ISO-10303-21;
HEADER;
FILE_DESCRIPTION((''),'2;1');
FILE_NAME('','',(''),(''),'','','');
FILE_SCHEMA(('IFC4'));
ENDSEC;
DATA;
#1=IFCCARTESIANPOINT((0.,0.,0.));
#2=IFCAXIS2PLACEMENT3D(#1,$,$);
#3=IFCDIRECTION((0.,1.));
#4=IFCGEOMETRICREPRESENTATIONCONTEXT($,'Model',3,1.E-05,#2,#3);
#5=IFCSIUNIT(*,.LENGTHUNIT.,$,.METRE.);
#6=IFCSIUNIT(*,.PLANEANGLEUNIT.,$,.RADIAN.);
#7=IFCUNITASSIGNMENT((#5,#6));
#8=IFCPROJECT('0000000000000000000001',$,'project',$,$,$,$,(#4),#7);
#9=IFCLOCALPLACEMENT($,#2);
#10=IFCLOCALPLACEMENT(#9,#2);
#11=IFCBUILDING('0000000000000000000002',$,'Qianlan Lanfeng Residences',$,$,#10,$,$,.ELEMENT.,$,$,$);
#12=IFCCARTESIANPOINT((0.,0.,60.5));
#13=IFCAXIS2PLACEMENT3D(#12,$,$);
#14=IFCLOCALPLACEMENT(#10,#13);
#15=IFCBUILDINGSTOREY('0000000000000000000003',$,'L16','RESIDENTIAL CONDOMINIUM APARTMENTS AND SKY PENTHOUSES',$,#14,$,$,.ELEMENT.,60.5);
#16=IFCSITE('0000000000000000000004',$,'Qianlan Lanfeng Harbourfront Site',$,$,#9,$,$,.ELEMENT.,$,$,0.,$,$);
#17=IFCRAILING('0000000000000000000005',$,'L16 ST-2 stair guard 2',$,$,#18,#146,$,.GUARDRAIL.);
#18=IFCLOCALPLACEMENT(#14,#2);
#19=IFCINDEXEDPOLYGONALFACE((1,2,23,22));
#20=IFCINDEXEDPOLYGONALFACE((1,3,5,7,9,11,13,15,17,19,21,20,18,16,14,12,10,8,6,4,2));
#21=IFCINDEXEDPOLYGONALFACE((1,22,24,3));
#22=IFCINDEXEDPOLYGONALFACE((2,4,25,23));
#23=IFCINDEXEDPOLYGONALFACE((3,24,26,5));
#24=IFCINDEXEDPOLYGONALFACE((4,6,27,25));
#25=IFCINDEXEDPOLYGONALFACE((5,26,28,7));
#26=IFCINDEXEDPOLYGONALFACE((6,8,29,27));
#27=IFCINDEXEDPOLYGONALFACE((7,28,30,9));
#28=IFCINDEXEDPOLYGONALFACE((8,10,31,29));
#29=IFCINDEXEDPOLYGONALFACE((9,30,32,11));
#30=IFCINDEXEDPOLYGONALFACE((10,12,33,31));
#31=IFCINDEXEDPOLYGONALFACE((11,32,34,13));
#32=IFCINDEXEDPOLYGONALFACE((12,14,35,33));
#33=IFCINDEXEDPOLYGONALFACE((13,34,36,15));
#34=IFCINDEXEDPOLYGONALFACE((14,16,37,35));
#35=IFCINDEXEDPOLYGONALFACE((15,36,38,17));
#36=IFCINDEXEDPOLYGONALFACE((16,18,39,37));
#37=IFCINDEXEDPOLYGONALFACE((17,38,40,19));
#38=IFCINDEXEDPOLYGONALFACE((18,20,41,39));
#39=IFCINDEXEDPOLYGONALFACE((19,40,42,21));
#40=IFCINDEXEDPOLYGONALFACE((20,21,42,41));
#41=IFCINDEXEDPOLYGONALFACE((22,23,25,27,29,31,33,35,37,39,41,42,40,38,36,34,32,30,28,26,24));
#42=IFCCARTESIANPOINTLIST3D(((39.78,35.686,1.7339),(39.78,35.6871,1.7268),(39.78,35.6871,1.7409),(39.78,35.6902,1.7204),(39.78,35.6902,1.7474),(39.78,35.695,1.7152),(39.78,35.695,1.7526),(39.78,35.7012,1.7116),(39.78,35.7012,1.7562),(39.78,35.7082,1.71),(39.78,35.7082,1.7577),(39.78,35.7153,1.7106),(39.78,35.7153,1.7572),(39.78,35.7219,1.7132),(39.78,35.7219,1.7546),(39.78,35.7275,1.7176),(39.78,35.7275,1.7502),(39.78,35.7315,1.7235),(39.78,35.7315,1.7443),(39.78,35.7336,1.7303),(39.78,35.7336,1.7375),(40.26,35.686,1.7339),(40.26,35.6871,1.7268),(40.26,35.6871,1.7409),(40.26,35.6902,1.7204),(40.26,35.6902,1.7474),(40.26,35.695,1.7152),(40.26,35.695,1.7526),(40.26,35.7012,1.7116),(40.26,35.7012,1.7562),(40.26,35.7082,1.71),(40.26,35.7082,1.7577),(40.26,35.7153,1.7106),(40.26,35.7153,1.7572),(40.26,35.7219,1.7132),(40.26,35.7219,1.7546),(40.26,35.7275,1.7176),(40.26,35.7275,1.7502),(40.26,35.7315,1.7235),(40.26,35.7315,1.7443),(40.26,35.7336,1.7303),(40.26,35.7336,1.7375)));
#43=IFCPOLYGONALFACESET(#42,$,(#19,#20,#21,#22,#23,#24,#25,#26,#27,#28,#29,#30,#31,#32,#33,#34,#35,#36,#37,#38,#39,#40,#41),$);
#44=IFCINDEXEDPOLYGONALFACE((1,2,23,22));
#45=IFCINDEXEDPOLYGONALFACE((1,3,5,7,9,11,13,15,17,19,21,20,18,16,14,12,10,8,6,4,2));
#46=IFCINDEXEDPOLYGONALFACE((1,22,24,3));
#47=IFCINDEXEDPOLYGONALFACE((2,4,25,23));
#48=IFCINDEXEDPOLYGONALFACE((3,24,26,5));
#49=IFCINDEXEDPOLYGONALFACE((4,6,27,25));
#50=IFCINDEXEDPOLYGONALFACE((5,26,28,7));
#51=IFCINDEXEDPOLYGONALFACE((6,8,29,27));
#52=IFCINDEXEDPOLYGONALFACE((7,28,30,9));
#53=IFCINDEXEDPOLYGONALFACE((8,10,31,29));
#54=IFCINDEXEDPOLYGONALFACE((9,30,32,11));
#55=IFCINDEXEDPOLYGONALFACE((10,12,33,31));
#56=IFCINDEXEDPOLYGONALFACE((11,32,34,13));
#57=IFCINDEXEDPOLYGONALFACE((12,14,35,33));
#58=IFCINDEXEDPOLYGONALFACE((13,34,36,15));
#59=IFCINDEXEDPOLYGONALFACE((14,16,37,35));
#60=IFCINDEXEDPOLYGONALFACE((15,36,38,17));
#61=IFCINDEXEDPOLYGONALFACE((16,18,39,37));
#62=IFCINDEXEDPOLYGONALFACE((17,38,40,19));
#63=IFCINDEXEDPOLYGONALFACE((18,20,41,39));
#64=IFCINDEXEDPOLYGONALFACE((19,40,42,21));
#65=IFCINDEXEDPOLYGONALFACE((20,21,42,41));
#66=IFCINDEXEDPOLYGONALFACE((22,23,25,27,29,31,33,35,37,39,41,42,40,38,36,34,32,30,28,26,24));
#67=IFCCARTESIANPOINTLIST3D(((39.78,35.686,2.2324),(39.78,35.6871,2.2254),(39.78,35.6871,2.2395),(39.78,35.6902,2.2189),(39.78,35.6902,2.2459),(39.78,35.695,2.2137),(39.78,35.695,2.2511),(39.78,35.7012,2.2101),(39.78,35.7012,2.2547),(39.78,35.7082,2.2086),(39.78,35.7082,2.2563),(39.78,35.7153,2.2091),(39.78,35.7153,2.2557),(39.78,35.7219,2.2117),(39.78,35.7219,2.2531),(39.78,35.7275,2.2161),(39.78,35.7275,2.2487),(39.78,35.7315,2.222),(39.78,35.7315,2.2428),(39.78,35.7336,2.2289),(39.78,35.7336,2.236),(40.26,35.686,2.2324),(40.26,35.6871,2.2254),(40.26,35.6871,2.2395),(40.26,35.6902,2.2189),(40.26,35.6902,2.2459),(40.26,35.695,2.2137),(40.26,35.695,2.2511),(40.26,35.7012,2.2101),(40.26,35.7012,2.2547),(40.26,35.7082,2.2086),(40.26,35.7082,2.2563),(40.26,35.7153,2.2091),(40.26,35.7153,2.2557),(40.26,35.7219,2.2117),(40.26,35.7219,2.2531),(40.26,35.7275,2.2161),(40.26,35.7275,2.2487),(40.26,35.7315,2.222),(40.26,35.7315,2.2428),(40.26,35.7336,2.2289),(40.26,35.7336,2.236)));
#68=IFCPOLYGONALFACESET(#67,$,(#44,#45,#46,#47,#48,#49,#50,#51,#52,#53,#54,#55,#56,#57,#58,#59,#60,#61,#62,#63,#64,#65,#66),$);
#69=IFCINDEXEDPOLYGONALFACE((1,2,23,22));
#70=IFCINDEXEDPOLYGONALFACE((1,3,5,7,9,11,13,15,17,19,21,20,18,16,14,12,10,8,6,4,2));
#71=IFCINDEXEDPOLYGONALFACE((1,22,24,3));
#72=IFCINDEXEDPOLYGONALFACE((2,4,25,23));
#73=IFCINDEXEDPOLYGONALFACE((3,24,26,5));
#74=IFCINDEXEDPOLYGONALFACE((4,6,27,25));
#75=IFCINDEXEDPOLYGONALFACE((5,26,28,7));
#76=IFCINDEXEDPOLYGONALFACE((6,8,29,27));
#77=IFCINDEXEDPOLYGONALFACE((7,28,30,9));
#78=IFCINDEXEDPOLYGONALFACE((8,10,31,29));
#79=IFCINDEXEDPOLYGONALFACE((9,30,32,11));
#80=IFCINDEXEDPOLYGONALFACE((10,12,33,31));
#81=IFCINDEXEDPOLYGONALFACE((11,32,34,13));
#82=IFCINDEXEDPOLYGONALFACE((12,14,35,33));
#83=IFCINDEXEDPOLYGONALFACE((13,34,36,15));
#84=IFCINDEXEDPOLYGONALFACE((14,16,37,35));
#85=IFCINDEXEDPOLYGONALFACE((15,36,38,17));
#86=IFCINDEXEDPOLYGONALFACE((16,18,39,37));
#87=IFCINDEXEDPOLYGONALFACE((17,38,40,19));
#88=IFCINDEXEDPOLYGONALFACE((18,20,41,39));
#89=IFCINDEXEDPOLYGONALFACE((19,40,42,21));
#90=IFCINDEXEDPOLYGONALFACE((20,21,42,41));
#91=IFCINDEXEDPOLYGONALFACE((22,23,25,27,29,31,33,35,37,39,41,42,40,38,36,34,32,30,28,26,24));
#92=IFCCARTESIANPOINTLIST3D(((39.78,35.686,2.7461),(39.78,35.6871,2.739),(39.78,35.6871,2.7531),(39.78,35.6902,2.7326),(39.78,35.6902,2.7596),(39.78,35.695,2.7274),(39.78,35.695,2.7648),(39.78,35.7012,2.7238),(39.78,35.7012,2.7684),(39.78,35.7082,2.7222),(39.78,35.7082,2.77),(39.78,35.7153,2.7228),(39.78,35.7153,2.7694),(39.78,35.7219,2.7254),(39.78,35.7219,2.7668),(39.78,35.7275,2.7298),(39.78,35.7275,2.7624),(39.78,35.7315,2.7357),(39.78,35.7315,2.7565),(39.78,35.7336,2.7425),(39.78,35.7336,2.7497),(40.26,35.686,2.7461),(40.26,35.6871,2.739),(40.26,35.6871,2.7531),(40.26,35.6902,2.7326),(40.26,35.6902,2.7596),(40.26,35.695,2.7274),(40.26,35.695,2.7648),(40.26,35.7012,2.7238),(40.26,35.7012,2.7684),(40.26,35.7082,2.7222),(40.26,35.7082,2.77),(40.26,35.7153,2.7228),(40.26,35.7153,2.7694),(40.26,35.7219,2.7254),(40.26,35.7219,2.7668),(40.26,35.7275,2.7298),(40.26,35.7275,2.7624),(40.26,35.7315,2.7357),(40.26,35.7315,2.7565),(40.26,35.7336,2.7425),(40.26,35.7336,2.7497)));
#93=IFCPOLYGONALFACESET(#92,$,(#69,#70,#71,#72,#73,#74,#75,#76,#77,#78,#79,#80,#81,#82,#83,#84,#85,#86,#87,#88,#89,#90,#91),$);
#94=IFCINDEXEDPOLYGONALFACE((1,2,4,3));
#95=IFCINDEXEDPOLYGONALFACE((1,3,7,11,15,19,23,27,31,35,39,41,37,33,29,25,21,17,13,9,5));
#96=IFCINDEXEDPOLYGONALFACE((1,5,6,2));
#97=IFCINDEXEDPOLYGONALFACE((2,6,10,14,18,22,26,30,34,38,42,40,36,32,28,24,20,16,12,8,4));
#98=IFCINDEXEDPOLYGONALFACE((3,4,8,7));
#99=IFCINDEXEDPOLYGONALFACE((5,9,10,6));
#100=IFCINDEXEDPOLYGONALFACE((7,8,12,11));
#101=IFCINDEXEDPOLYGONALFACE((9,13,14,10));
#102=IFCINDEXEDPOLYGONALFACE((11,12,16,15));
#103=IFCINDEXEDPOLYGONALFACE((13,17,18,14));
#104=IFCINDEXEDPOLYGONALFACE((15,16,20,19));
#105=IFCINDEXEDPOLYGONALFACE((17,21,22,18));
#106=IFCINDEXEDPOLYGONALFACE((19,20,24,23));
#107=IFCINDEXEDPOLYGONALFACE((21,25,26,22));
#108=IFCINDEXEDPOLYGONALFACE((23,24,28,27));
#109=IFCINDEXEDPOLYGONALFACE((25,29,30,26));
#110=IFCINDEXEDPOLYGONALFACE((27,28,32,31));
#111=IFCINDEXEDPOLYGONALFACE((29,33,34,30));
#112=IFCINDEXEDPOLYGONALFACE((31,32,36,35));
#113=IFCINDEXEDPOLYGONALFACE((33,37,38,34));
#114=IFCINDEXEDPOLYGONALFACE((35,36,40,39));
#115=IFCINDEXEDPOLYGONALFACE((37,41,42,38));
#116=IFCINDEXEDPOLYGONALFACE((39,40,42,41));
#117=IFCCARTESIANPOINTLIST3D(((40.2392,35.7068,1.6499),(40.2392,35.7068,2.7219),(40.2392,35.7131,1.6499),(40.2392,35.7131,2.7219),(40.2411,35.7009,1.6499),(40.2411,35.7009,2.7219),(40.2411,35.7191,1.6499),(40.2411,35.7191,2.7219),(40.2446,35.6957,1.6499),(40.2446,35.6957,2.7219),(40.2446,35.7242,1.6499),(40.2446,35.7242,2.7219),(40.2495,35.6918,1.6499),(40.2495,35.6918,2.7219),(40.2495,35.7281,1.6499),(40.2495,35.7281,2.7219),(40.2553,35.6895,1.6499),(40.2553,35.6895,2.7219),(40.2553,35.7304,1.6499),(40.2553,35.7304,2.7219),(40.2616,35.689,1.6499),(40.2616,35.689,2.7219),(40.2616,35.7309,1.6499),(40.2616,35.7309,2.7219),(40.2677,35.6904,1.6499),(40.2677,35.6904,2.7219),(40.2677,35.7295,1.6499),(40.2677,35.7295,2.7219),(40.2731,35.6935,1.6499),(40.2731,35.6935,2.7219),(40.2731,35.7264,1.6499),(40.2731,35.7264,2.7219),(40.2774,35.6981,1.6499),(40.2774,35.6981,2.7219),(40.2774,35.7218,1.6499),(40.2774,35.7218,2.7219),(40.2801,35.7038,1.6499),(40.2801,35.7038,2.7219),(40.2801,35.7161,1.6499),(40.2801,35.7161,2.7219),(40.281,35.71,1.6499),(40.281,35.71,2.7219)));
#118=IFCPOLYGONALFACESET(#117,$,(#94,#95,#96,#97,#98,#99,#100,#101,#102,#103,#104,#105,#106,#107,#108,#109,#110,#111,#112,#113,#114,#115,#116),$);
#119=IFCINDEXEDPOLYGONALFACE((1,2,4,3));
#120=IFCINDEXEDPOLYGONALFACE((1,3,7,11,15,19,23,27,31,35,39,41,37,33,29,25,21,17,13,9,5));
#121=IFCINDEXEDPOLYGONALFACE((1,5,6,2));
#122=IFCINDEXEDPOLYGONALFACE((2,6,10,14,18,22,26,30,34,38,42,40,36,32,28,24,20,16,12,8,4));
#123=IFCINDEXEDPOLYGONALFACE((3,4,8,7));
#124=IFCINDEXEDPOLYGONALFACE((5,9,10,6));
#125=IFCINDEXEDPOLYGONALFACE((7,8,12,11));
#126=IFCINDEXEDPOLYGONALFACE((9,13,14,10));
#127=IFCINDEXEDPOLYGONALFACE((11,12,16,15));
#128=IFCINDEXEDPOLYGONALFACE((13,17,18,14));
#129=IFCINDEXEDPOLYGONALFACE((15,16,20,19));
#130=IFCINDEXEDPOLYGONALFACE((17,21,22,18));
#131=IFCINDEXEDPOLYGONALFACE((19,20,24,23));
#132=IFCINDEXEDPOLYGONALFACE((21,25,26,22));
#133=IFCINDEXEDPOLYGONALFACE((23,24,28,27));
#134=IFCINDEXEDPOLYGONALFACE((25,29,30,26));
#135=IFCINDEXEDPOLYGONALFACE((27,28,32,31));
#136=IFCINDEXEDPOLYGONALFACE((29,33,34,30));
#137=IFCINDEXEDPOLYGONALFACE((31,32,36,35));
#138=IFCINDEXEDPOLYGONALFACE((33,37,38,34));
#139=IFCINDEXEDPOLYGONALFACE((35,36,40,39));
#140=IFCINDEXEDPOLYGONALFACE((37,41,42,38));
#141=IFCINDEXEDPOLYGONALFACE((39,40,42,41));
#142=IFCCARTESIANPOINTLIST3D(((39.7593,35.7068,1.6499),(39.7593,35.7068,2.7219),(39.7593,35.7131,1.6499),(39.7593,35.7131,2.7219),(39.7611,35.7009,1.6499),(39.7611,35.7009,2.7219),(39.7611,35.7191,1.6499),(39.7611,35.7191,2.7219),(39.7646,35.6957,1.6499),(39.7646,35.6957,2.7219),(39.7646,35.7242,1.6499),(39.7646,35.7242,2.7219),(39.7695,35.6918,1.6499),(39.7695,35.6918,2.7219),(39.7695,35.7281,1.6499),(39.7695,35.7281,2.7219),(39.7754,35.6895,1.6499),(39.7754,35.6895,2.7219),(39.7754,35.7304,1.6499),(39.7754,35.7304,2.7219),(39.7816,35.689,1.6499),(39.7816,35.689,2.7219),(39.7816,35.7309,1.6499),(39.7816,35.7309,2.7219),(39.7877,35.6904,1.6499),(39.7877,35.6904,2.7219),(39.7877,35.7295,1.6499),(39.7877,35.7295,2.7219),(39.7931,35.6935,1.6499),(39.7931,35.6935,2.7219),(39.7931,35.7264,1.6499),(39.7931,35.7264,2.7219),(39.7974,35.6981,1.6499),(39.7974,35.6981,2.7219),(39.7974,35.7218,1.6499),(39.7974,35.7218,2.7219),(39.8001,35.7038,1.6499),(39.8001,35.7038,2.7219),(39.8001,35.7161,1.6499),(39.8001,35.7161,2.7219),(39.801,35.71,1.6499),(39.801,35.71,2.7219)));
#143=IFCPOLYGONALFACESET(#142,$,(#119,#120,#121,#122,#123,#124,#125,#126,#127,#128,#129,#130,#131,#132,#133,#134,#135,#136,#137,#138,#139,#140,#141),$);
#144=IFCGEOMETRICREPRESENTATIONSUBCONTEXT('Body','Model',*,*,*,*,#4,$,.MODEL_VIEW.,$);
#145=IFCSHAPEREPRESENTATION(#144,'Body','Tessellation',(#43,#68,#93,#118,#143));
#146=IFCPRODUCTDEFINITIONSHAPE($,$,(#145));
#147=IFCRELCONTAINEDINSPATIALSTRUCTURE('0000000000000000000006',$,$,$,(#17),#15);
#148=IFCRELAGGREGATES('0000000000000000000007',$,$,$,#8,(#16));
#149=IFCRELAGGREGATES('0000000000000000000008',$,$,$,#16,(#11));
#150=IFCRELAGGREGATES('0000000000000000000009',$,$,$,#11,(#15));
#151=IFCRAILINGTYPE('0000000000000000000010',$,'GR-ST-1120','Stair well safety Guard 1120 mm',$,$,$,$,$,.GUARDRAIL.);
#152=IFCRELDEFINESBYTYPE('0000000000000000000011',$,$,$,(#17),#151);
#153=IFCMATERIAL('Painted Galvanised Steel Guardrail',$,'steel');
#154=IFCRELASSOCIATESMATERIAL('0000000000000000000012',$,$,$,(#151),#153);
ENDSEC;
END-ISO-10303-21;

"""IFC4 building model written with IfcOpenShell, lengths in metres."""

from ifc_helpers import new_model, si_unit, direction, frame, origin, origin_2d, place, context, subcontext, project, spatial, circle, extrude, material, type_object, element, save


model = new_model("IFC4")

# Units and contexts
model_context = context("Model", 3, precision=1e-05, world=origin(), true_north=direction((0.0, 1.0)))
body_context = subcontext(model_context, "Body", "Model", "MODEL_VIEW")
ifc_project = project(units=[si_unit("LENGTHUNIT", "METRE"), si_unit("PLANEANGLEUNIT", "RADIAN")], contexts=[model_context])

# Site, building, storey
site_placement = place(None, origin())
site = spatial("IfcSite", under=ifc_project, at=site_placement, Name="Qianlan Lanfeng Harbourfront Site", CompositionType="ELEMENT", RefElevation=0.0)
building_placement = place(site_placement, origin())
building = spatial("IfcBuilding", under=site, at=building_placement, Name="Qianlan Lanfeng Residences", CompositionType="ELEMENT")
storey_placement = place(building_placement, frame((0.0, 0.0, 60.5)))
storey = spatial("IfcBuildingStorey", under=building, at=storey_placement, Name="L16", Description="RESIDENTIAL CONDOMINIUM APARTMENTS AND SKY PENTHOUSES", CompositionType="ELEMENT", Elevation=60.5)

# Railing
ifc_material_1 = material(Name="Painted Galvanised Steel Guardrail", Category="steel")
railing_type_1 = type_object("IfcRailingType", Name="GR-ST-1120", Description="Stair well safety Guard 1120 mm", PredefinedType="GUARDRAIL", material=ifc_material_1)
railing_1_placement = place(storey_placement, frame((40.26, 35.71, 1.6499)))
element("IfcRailing", 1, at=railing_1_placement, inside=storey, type_object=railing_type_1, Name="L16 ST-2 stair guard 2", PredefinedType="GUARDRAIL", context=body_context, shape_type="SweptSolid", body=[
    extrude(circle(Radius=0.0239, at=origin_2d()), frame((0.0, 0.0, 0.084), z_axis=(-1.0, 0.0, 0.0), x_axis=(0.0, -1.0, 0.0)), (0.0, 0.0, 1.0), 0.48),
    extrude(circle(Radius=0.0239, at=origin_2d()), frame((0.0, 0.0, 0.5825), z_axis=(-1.0, 0.0, 0.0), x_axis=(0.0, -1.0, 0.0)), (0.0, 0.0, 1.0), 0.48),
    extrude(circle(Radius=0.0239, at=origin_2d()), frame((0.0, 0.0, 1.0962), z_axis=(-1.0, 0.0, 0.0), x_axis=(0.0, -1.0, 0.0)), (0.0, 0.0, 1.0), 0.48),
    extrude(circle(Radius=0.021, at=origin_2d()), origin(), (0.0, 0.0, 1.0), 1.072),
    extrude(circle(Radius=0.021, at=origin_2d()), frame((-0.48, 0.0, 0.0)), (0.0, 0.0, 1.0), 1.072),
])

save(model, "model.ifc")
